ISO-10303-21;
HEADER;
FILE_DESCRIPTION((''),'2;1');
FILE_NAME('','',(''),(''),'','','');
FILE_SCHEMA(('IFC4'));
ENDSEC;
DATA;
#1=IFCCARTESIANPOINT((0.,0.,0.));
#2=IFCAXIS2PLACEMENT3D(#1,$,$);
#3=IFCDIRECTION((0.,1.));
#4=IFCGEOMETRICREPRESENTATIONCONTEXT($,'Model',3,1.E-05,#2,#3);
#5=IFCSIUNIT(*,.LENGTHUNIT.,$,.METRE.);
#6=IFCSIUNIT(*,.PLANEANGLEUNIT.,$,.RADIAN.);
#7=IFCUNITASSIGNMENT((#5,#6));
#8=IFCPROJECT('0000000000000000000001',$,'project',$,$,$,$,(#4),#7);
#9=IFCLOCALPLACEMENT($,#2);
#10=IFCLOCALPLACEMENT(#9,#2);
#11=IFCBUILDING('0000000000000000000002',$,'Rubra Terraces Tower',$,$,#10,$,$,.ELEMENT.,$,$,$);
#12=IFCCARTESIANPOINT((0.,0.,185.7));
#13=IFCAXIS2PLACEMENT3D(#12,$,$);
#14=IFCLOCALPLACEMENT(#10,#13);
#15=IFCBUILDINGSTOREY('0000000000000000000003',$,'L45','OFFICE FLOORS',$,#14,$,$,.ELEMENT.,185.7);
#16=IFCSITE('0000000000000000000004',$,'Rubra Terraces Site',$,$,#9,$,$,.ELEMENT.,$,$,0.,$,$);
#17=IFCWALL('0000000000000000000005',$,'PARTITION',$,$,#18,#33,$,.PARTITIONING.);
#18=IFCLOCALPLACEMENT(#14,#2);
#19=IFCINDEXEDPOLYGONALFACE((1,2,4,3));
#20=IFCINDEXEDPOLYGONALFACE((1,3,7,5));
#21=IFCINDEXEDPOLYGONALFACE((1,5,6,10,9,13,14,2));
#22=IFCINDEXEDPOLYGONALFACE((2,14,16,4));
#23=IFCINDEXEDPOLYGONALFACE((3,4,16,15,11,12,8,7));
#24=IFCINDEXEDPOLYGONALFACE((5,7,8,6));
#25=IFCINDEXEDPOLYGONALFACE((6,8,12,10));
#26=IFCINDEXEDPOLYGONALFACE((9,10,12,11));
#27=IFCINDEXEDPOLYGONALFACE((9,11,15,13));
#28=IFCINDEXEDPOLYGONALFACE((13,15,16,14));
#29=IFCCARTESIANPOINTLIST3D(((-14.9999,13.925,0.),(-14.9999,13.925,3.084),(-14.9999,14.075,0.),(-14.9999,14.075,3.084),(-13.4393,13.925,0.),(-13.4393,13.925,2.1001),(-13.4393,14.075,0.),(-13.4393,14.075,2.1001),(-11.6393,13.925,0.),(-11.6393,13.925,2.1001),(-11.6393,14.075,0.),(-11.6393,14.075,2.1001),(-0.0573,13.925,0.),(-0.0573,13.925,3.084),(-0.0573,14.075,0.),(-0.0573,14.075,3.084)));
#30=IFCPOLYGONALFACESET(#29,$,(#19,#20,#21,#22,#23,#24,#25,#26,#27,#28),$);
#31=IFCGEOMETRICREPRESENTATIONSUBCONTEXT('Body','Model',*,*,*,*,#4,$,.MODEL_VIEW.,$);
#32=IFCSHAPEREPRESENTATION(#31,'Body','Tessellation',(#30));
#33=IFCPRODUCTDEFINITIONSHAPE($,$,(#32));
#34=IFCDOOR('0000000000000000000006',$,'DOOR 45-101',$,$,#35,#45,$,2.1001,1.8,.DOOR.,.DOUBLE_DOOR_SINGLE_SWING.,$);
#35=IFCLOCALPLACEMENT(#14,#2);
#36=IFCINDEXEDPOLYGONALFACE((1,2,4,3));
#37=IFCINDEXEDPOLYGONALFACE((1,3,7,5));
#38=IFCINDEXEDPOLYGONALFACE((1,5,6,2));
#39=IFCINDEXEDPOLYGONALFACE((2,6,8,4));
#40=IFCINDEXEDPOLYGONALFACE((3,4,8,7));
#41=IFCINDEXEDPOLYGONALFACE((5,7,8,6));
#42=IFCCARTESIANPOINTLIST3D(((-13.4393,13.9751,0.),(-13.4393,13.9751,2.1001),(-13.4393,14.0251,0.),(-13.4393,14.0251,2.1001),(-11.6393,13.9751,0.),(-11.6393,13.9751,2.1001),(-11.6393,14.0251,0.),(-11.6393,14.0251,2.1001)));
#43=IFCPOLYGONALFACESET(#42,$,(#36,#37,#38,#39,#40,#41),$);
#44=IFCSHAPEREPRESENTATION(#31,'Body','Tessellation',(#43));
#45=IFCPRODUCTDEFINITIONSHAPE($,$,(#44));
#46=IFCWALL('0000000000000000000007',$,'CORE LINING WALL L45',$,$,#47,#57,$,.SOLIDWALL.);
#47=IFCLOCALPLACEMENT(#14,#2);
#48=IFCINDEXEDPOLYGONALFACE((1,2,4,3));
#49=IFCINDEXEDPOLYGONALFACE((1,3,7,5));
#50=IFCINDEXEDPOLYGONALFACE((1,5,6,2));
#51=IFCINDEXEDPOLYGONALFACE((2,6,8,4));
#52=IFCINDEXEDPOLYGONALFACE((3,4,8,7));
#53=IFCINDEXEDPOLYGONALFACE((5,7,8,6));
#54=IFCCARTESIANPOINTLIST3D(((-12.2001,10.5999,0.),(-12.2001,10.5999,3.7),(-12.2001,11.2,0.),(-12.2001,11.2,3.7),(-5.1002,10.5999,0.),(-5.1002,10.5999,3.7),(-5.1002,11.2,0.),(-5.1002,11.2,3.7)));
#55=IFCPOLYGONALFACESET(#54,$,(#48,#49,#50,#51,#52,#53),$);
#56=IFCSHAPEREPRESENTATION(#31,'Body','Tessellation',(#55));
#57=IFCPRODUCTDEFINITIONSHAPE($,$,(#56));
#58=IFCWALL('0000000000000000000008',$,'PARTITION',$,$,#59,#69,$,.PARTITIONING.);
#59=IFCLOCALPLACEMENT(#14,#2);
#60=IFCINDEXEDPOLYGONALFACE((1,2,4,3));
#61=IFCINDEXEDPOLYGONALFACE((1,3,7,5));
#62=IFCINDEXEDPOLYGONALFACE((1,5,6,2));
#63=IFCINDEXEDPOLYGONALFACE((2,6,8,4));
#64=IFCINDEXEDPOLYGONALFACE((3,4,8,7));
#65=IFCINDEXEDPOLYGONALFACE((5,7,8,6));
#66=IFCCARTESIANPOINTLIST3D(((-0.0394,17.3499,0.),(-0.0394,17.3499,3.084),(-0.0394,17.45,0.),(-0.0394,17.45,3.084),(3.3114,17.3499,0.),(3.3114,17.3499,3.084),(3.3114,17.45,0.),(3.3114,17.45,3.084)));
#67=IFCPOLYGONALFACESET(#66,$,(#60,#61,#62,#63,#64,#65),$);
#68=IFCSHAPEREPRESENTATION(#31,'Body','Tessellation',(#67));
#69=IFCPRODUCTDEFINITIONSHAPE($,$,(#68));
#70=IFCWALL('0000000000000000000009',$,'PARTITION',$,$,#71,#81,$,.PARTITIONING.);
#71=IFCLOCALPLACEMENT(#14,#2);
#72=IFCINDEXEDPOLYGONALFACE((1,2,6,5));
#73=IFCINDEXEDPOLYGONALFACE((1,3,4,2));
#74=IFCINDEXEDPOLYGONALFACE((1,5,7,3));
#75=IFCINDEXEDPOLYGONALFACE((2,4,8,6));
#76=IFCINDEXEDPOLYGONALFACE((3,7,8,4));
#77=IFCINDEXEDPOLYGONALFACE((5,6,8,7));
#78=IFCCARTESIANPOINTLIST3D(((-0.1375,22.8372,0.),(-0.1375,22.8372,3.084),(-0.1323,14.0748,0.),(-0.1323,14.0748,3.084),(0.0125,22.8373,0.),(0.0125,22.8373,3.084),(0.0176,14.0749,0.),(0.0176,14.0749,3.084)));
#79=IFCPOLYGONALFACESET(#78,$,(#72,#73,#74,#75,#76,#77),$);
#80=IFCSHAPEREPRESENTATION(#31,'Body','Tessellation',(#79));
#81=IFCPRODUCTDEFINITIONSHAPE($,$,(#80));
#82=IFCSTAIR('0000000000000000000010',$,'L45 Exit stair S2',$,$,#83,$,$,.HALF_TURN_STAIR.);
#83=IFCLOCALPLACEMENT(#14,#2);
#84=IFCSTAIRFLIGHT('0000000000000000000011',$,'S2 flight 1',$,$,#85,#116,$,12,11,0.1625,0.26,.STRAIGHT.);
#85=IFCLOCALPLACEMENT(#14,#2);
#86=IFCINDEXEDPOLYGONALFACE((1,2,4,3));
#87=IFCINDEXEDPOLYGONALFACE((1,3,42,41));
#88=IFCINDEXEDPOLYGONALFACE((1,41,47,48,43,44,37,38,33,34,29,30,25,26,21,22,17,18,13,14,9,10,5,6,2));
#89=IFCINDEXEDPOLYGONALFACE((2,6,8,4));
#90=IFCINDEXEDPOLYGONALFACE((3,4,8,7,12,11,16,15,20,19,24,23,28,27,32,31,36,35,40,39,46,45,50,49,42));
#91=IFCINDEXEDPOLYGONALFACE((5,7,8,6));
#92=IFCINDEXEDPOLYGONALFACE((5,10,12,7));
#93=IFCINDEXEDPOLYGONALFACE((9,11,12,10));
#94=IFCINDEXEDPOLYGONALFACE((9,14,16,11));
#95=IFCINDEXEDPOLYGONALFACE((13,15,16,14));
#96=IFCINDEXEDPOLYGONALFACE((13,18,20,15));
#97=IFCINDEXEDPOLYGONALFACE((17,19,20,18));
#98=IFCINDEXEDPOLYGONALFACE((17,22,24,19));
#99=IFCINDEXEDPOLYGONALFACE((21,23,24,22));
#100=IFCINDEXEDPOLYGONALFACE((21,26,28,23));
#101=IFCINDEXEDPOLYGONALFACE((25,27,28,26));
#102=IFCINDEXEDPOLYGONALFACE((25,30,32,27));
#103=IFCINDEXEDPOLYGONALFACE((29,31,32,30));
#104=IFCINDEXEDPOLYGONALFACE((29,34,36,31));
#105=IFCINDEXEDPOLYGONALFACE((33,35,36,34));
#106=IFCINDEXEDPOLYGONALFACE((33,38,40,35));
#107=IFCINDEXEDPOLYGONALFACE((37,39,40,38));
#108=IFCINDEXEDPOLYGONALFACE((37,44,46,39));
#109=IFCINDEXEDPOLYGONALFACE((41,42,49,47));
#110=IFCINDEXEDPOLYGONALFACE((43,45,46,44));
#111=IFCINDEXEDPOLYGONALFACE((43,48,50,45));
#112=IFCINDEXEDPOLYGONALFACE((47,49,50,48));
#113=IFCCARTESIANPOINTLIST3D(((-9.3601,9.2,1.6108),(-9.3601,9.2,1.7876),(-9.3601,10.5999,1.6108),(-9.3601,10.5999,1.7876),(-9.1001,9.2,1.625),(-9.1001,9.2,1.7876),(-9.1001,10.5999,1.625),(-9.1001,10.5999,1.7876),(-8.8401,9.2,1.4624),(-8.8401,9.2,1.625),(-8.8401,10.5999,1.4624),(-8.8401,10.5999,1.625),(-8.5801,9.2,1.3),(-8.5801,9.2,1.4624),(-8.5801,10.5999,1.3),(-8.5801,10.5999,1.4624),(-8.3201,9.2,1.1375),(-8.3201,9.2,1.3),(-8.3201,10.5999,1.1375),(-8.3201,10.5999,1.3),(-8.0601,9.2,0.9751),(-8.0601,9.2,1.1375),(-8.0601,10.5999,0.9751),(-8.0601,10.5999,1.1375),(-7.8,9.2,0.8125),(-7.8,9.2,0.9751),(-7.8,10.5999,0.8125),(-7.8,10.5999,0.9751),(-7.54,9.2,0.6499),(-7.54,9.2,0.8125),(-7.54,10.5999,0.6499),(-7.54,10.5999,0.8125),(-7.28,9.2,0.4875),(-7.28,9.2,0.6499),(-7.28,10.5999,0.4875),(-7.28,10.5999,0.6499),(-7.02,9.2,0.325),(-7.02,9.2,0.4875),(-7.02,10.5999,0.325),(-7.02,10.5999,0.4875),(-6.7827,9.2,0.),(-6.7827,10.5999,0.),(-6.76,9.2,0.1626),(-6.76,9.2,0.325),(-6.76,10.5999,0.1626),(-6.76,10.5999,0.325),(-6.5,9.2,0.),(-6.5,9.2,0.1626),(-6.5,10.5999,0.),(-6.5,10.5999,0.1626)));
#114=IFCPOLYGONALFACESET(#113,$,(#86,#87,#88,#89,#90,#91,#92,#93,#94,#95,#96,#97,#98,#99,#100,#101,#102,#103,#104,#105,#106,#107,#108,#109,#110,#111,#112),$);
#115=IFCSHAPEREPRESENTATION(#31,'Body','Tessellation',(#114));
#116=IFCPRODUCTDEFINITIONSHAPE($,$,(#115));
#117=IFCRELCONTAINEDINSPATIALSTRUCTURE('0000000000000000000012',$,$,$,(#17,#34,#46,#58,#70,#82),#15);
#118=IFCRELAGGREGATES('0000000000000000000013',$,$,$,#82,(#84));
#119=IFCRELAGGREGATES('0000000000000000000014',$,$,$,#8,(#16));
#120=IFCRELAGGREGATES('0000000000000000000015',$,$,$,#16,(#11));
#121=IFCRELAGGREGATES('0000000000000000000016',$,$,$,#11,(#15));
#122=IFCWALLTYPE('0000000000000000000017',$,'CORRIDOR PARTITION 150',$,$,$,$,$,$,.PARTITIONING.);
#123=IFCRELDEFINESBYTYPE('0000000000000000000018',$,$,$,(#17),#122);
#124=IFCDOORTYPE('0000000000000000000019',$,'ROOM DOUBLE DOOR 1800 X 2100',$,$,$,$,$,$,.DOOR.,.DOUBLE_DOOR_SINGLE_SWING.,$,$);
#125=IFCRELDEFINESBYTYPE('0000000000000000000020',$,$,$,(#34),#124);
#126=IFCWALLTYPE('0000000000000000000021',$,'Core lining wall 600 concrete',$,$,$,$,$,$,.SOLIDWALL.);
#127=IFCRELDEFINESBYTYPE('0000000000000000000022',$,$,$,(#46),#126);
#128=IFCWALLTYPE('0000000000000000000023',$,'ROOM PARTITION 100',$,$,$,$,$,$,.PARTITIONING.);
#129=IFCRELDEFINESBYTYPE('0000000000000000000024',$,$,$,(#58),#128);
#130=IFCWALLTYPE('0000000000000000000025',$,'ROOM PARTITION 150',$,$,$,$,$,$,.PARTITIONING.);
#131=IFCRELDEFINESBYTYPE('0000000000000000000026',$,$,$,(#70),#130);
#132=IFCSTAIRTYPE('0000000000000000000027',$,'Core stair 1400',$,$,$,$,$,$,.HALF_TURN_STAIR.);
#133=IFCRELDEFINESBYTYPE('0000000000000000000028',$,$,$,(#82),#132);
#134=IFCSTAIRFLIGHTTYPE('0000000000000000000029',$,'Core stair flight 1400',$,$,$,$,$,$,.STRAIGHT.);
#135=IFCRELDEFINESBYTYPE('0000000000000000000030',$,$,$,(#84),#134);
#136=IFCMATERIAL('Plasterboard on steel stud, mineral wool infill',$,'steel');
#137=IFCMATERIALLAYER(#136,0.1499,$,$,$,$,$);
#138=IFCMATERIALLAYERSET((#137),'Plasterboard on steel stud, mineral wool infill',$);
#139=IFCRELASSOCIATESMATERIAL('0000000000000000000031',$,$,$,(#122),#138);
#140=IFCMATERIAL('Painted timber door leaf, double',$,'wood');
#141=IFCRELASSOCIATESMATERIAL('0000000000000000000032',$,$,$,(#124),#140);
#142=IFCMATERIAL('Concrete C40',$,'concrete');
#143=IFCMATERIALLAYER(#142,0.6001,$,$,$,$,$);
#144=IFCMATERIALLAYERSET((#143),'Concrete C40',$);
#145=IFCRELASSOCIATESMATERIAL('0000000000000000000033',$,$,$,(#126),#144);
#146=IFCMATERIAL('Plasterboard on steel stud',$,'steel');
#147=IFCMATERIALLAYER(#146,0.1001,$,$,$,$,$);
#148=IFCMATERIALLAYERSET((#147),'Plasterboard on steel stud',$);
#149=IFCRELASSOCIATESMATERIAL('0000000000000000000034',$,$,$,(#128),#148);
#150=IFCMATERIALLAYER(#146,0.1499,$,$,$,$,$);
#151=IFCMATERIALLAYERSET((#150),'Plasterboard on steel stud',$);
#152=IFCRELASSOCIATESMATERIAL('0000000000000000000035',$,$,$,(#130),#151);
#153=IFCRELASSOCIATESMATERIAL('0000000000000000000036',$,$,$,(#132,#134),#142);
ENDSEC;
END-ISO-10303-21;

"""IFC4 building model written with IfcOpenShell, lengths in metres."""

from ifc_helpers import new_model, si_unit, direction, frame, frame_2d, origin, place, context, subcontext, project, spatial, polyline, rectangle, outline, extrude, material, layer, layer_set, type_object, element, fill, aggregate, save


model = new_model("IFC4")

# Units and contexts
model_context = context("Model", 3, precision=1e-05, world=origin(), true_north=direction((0.0, 1.0)))
body_context = subcontext(model_context, "Body", "Model", "MODEL_VIEW")
ifc_project = project(units=[si_unit("LENGTHUNIT", "METRE"), si_unit("PLANEANGLEUNIT", "RADIAN")], contexts=[model_context])

# Site, building, storey
site_placement = place(None, origin())
site = spatial("IfcSite", under=ifc_project, at=site_placement, Name="Rubra Terraces Site", CompositionType="ELEMENT", RefElevation=0.0)
building_placement = place(site_placement, origin())
building = spatial("IfcBuilding", under=site, at=building_placement, Name="Rubra Terraces Tower", CompositionType="ELEMENT")
storey_placement = place(building_placement, frame((0.0, 0.0, 185.7)))
storey = spatial("IfcBuildingStorey", under=building, at=storey_placement, Name="L45", Description="OFFICE FLOORS", CompositionType="ELEMENT", Elevation=185.7)

# Wall, opening, door
ifc_material_1 = material(Name="Plasterboard on steel stud, mineral wool infill", Category="steel")
ifc_layer_1 = layer(ifc_material_1, 0.1499)
ifc_layer_set_1 = layer_set([ifc_layer_1], Name="Plasterboard on steel stud, mineral wool infill")
wall_type_1 = type_object("IfcWallType", Name="CORRIDOR PARTITION 150", PredefinedType="PARTITIONING", material=ifc_layer_set_1)
wall_1_placement = place(storey_placement, frame((-0.0574, 14.0, 0.0), z_axis=(0.0, 0.0, 1.0), x_axis=(-1.0, 0.0, 0.0)))
wall_1 = element("IfcWall", 1, at=wall_1_placement, inside=storey, type_object=wall_type_1, Name="PARTITION", PredefinedType="PARTITIONING", context=body_context, shape_type="SweptSolid", body=[
    extrude(rectangle(XDim=14.9426, YDim=0.1499, at=frame_2d((7.4712, 0.0))), origin(), (0.0, 0.0, 1.0), 3.084),
])
opening_1_placement = place(wall_1_placement, frame((11.582, 0.0, 0.0)))
opening_1 = element("IfcOpeningElement", 2, at=opening_1_placement, cuts=wall_1, PredefinedType="OPENING", context=body_context, shape_type="SweptSolid", body=[
    extrude(rectangle(XDim=1.8, YDim=2.1001, at=frame_2d((0.8999, 1.05))), frame((0.0, 0.085, 0.0), z_axis=(0.0, -1.0, 0.0), x_axis=(1.0, 0.0, 0.0)), (0.0, 0.0, 1.0), 0.1699),
])
ifc_material_2 = material(Name="Painted timber door leaf, double", Category="wood")
door_type = type_object("IfcDoorType", Name="ROOM DOUBLE DOOR 1800 X 2100", OperationType="DOUBLE_DOOR_SINGLE_SWING", PredefinedType="DOOR", material=ifc_material_2)
door_placement = place(opening_1_placement, origin())
door = element("IfcDoor", 3, at=door_placement, inside=storey, type_object=door_type, Name="DOOR 45-101", OperationType="DOUBLE_DOOR_SINGLE_SWING", OverallHeight=2.1001, OverallWidth=1.8, PredefinedType="DOOR", context=body_context, shape_type="SweptSolid", body=[
    extrude(rectangle(XDim=1.8, YDim=2.1001, at=frame_2d((0.8999, 1.05))), frame((0.0, 0.0249, 0.0), z_axis=(0.0, -1.0, 0.0), x_axis=(1.0, 0.0, 0.0)), (0.0, 0.0, 1.0), 0.05),
])
fill(opening_1, door)

# Walls
ifc_material_3 = material(Name="Concrete C40", Category="concrete")
ifc_layer_2 = layer(ifc_material_3, 0.6001)
ifc_layer_set_2 = layer_set([ifc_layer_2], Name="Concrete C40")
wall_type_2 = type_object("IfcWallType", Name="Core lining wall 600 concrete", PredefinedType="SOLIDWALL", material=ifc_layer_set_2)
wall_2_placement = place(storey_placement, frame((-12.2, 10.8999, 0.0), z_axis=(0.0, 0.0, 1.0), x_axis=(1.0, 0.0, 0.0)))
element("IfcWall", 4, at=wall_2_placement, inside=storey, type_object=wall_type_2, Name="CORE LINING WALL L45", PredefinedType="SOLIDWALL", context=body_context, shape_type="SweptSolid", body=[
    extrude(rectangle(XDim=7.0999, YDim=0.6001, at=frame_2d((3.5498, 0.0))), origin(), (0.0, 0.0, 1.0), 3.7),
])
ifc_material_4 = material(Name="Plasterboard on steel stud", Category="steel")
ifc_layer_3 = layer(ifc_material_4, 0.1001)
ifc_layer_set_3 = layer_set([ifc_layer_3], Name="Plasterboard on steel stud")
wall_type_3 = type_object("IfcWallType", Name="ROOM PARTITION 100", PredefinedType="PARTITIONING", material=ifc_layer_set_3)
wall_3_placement = place(storey_placement, frame((-0.0393, 17.3999, 0.0), z_axis=(0.0, 0.0, 1.0), x_axis=(1.0, 0.0, 0.0)))
element("IfcWall", 5, at=wall_3_placement, inside=storey, type_object=wall_type_3, Name="PARTITION", PredefinedType="PARTITIONING", context=body_context, shape_type="SweptSolid", body=[
    extrude(rectangle(XDim=3.3508, YDim=0.1001, at=frame_2d((1.6753, 0.0))), origin(), (0.0, 0.0, 1.0), 3.084),
])
ifc_layer_4 = layer(ifc_material_4, 0.1499)
ifc_layer_set_4 = layer_set([ifc_layer_4], Name="Plasterboard on steel stud")
wall_type_4 = type_object("IfcWallType", Name="ROOM PARTITION 150", PredefinedType="PARTITIONING", material=ifc_layer_set_4)
wall_4_placement = place(storey_placement, frame((-0.0625, 22.8374, 0.0), z_axis=(0.0, 0.0, 1.0), x_axis=(0.000585, -1.0, 0.0)))
element("IfcWall", 6, at=wall_4_placement, inside=storey, type_object=wall_type_4, Name="PARTITION", PredefinedType="PARTITIONING", context=body_context, shape_type="SweptSolid", body=[
    extrude(rectangle(XDim=8.7625, YDim=0.1499, at=frame_2d((4.3813, 0.0))), origin(), (0.0, 0.0, 1.0), 3.084),
])

# Stair, stair flight
stair_type = type_object("IfcStairType", Name="Core stair 1400", PredefinedType="HALF_TURN_STAIR", material=ifc_material_3)
stair_placement = place(storey_placement, origin())
stair = element("IfcStair", 7, at=stair_placement, inside=storey, type_object=stair_type, Name="L45 Exit stair S2", PredefinedType="HALF_TURN_STAIR")
stair_flight_type = type_object("IfcStairFlightType", Name="Core stair flight 1400", PredefinedType="STRAIGHT", material=ifc_material_3)
stair_flight_placement = place(storey_placement, frame((-6.5, 9.8999, 0.0), z_axis=(0.0, 0.0, 1.0), x_axis=(-1.0, 0.0, 0.0)))
stair_flight = element("IfcStairFlight", 8, at=stair_flight_placement, type_object=stair_flight_type, Name="S2 flight 1", NumberOfRisers=12, NumberOfTreads=11, PredefinedType="STRAIGHT", RiserHeight=0.1625, TreadLength=0.26, context=body_context, shape_type="SweptSolid", body=[
    extrude(outline(polyline([(0.0, 0.0), (0.0, 0.1626), (0.26, 0.1626), (0.26, 0.325), (0.52, 0.325), (0.52, 0.4875), (0.78, 0.4875), (0.78, 0.6499), (1.04, 0.6499), (1.04, 0.8125), (1.3, 0.8125), (1.3, 0.9751), (1.5601, 0.9751), (1.5601, 1.1375), (1.8201, 1.1375), (1.8201, 1.3), (2.0801, 1.3), (2.0801, 1.4624), (2.3401, 1.4624), (2.3401, 1.625), (2.6001, 1.625), (2.6001, 1.7876), (2.8601, 1.7876), (2.8601, 1.95), (2.8601, 1.6108), (0.2827, 0.0), (0.0, 0.0)])), frame((0.0, 0.7, 0.0), z_axis=(0.0, -1.0, 0.0), x_axis=(1.0, 0.0, 0.0)), (0.0, 0.0, 1.0), 1.3999),
])
aggregate(stair, [stair_flight])

save(model, "model.ifc")
